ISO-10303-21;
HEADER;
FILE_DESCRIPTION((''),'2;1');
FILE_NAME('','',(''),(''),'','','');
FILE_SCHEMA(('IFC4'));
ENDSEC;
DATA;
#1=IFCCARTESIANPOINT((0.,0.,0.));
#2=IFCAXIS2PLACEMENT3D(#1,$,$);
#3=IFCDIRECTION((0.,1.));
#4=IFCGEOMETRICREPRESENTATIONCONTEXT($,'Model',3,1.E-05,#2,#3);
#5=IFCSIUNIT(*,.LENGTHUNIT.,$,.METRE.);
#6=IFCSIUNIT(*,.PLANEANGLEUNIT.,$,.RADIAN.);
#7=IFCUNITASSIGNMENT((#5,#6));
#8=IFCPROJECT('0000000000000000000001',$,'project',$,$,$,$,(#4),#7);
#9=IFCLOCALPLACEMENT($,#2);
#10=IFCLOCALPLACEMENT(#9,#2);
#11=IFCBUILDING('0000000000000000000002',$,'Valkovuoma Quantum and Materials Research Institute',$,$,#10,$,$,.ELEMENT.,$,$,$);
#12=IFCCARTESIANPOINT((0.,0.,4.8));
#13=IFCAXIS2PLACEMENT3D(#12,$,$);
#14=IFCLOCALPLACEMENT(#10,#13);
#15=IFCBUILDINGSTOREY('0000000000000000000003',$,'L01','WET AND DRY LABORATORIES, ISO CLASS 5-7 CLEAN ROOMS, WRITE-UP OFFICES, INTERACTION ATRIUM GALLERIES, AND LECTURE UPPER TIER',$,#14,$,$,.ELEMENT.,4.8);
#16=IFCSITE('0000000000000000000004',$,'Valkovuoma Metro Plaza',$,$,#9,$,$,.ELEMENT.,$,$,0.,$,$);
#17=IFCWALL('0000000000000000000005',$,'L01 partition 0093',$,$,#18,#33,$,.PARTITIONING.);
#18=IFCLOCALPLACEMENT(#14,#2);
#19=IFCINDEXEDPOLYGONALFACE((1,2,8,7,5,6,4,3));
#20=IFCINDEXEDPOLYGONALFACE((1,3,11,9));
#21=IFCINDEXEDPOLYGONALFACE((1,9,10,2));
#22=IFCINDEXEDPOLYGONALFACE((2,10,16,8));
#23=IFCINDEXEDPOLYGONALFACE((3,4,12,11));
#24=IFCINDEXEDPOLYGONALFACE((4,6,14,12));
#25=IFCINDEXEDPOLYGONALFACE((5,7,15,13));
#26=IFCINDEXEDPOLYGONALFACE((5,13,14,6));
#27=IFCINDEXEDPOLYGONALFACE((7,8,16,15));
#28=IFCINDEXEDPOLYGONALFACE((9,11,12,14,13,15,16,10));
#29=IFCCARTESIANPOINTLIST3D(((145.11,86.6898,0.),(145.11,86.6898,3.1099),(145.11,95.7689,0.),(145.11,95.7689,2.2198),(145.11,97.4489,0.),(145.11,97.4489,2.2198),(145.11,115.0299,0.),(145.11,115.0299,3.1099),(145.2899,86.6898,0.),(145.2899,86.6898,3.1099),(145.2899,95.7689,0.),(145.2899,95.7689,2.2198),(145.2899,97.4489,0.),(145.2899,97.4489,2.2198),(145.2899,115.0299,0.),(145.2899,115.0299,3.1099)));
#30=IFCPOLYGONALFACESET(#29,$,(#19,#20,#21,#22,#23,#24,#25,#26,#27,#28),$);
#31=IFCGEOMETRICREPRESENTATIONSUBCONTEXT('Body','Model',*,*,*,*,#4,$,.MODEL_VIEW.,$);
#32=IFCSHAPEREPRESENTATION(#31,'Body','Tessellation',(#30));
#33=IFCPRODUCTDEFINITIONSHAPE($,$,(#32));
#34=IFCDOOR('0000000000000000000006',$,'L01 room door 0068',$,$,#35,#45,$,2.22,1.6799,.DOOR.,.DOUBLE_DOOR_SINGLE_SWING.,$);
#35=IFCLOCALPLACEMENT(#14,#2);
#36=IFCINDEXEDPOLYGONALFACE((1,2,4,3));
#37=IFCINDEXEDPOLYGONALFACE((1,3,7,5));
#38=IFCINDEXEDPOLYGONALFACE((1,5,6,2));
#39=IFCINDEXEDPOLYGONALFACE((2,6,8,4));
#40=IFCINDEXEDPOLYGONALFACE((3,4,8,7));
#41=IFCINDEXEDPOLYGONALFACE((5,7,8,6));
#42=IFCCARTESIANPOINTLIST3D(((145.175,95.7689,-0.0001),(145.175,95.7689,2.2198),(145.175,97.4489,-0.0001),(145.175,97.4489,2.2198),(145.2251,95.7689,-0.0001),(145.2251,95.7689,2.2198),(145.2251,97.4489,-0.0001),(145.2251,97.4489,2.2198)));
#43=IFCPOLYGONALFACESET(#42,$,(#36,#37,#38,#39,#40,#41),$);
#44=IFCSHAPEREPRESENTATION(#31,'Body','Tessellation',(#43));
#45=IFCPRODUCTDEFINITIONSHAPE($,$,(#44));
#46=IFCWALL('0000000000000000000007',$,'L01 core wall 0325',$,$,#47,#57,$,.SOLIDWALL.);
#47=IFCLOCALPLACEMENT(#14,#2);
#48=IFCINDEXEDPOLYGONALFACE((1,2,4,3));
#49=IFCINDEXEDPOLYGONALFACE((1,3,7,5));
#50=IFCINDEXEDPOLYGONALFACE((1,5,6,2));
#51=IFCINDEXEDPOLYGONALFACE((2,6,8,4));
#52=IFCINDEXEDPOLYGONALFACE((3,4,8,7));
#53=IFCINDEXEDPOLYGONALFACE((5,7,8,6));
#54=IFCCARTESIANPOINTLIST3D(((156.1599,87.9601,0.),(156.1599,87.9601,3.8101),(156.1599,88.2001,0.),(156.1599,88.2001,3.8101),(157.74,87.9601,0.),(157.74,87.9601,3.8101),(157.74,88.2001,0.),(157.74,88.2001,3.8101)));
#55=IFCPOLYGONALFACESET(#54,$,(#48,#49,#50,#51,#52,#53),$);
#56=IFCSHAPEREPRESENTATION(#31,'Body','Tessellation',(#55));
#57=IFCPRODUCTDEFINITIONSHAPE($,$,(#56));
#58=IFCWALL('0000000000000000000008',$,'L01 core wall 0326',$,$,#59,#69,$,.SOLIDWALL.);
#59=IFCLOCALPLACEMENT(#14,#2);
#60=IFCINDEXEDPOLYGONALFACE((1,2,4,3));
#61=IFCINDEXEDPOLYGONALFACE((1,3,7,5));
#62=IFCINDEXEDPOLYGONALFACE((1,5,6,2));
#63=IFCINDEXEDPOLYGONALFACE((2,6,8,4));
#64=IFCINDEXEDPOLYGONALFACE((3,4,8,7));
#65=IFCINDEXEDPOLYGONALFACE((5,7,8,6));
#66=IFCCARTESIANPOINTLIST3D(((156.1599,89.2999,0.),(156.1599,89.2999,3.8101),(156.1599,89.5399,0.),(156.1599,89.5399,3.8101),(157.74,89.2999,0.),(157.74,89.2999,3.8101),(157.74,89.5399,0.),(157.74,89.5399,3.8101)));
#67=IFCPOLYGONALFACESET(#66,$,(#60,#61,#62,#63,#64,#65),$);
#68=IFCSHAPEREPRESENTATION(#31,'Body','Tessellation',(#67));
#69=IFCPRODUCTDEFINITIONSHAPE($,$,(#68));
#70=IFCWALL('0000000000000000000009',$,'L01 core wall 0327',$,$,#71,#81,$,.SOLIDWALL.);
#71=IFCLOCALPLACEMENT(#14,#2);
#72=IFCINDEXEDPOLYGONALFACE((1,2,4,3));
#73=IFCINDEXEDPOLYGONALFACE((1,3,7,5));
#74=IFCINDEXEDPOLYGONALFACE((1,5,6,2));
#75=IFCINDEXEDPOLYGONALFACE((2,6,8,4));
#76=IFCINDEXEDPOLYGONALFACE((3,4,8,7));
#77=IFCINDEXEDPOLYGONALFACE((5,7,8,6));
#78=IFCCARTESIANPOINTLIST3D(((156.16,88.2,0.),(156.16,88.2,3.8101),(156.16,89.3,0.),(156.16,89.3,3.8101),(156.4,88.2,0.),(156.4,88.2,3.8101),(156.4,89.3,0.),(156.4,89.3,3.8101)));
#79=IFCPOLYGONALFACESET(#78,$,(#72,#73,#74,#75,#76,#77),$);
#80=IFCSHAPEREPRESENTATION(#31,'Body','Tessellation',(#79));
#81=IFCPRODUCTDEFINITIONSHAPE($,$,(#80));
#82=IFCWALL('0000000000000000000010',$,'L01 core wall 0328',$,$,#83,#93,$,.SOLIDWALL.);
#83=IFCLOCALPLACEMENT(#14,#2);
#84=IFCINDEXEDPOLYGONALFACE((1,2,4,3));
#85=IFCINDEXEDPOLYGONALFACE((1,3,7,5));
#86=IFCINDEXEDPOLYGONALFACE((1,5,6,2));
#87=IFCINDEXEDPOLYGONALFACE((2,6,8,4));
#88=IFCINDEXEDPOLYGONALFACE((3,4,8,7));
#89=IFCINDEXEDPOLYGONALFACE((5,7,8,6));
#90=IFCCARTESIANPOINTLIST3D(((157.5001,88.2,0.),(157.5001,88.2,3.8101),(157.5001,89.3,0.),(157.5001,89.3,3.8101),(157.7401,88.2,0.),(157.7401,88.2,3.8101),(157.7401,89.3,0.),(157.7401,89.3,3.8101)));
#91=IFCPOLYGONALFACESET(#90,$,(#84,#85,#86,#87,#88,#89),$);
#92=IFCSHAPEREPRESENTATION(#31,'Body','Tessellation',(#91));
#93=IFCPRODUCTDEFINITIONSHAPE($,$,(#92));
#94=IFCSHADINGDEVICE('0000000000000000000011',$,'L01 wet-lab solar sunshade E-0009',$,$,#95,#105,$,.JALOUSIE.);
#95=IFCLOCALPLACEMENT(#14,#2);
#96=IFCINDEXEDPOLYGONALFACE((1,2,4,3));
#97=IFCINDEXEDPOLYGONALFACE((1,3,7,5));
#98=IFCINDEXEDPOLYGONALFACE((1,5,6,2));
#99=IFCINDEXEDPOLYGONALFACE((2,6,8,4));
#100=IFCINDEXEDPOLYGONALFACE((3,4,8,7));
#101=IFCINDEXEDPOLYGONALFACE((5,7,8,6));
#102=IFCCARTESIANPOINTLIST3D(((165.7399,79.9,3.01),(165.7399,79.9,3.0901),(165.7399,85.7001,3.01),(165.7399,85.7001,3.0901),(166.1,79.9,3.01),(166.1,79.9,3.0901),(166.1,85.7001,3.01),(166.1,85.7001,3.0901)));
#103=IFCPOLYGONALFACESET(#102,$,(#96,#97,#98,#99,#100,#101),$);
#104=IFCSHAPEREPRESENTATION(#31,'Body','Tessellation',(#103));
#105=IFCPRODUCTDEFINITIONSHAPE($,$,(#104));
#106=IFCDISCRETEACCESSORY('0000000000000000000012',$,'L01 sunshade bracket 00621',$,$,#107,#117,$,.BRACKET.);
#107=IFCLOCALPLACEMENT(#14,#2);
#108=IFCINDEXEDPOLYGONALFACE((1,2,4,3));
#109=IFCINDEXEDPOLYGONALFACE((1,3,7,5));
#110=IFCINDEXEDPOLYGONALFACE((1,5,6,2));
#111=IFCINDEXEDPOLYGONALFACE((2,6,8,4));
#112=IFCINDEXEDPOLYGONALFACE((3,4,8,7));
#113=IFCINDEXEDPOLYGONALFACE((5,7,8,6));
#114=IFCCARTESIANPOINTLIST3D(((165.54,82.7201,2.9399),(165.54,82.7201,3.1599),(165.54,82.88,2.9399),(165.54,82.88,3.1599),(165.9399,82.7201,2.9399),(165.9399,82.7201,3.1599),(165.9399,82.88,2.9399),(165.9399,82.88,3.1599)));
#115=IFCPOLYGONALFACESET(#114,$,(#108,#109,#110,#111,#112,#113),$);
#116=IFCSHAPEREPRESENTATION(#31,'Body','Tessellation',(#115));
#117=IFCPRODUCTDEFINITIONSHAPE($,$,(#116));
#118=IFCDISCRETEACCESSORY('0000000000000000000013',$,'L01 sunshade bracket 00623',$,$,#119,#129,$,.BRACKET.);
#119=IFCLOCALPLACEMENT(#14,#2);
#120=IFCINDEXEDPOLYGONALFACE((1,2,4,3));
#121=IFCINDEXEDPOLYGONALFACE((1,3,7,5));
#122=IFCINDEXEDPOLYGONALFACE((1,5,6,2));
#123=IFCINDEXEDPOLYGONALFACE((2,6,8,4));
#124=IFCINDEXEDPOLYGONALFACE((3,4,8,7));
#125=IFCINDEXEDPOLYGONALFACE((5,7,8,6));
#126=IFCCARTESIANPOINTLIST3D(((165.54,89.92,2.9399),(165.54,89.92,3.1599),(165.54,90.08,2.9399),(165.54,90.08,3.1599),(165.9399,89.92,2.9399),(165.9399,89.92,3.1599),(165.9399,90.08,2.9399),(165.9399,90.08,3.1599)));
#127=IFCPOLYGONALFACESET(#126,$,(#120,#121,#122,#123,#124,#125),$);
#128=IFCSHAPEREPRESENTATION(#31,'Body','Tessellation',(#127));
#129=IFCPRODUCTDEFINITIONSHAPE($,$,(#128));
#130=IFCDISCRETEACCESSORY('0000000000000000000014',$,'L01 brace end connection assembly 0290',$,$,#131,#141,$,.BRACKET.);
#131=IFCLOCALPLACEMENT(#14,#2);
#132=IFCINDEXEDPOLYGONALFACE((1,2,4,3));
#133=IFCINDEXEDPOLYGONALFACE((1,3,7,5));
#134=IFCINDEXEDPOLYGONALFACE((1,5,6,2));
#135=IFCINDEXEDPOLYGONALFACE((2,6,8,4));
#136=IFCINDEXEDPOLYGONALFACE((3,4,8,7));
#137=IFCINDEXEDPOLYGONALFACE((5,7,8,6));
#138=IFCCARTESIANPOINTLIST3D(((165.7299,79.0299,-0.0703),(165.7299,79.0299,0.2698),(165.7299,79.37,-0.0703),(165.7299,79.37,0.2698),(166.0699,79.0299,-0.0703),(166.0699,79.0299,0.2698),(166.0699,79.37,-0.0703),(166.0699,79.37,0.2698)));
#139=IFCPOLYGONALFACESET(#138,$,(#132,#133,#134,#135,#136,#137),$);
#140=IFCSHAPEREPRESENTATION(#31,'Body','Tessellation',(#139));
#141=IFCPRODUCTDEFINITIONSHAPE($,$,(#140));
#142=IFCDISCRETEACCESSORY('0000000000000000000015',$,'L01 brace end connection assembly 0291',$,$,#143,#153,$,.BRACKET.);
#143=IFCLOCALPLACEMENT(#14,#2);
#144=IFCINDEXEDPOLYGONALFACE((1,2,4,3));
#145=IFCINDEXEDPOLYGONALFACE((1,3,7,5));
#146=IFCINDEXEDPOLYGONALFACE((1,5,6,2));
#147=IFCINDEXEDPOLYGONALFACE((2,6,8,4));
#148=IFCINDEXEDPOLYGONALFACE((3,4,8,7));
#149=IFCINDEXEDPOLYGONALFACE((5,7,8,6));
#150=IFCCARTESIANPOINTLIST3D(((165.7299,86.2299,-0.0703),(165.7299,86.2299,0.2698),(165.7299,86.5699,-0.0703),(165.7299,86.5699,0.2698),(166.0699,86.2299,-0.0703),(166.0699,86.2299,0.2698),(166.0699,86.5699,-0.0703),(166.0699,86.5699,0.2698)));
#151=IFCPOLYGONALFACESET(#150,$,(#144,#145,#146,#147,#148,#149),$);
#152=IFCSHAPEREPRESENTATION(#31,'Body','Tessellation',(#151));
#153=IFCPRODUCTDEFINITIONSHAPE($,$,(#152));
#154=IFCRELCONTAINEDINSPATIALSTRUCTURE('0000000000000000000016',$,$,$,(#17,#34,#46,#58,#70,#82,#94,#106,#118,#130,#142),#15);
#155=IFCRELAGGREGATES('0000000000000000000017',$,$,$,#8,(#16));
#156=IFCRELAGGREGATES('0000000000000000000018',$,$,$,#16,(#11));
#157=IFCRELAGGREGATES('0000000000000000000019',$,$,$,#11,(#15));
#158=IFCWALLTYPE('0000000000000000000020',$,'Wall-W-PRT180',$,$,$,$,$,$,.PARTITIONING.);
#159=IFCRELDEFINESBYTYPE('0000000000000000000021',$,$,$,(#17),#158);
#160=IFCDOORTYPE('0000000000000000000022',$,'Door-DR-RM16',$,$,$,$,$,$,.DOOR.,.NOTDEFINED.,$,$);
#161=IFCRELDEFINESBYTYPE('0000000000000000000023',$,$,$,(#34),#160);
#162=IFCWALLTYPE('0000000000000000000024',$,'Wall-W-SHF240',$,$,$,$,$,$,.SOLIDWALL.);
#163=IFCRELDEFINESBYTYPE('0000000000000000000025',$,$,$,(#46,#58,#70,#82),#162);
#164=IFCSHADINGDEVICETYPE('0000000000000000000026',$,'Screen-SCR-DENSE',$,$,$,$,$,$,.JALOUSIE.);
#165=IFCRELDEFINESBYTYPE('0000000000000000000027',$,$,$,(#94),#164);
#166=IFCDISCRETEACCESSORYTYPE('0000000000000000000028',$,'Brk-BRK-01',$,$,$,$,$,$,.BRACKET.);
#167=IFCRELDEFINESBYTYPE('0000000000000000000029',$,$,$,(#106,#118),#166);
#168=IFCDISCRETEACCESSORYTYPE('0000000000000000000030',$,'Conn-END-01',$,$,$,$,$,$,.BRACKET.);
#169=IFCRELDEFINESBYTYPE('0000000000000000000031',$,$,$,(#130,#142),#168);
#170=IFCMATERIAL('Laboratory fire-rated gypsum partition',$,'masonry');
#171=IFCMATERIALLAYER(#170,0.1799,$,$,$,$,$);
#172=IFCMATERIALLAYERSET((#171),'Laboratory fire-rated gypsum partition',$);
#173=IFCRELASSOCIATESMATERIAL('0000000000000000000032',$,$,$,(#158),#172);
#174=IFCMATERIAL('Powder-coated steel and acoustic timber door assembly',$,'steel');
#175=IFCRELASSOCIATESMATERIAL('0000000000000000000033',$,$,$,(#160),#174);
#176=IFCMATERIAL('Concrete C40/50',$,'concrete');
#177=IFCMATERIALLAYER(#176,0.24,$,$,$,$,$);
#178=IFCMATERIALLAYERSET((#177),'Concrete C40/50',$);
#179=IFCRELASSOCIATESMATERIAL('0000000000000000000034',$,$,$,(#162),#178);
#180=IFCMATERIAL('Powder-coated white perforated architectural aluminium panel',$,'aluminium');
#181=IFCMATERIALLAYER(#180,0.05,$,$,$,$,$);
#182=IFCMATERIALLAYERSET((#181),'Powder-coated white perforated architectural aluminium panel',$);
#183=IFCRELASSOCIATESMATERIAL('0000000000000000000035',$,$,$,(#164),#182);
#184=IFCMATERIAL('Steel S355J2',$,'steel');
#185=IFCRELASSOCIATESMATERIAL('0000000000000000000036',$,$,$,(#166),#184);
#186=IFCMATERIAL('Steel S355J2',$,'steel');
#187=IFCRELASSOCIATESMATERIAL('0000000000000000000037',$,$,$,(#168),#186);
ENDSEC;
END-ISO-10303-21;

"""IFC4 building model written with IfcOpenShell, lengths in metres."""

from ifc_helpers import new_model, si_unit, direction, frame, frame_2d, origin, origin_2d, place, context, subcontext, project, spatial, rectangle, extrude, material, layer, layer_set, type_object, element, fill, save


model = new_model("IFC4")

# Units and contexts
model_context = context("Model", 3, precision=1e-05, world=origin(), true_north=direction((0.0, 1.0)))
body_context = subcontext(model_context, "Body", "Model", "MODEL_VIEW")
ifc_project = project(units=[si_unit("LENGTHUNIT", "METRE"), si_unit("PLANEANGLEUNIT", "RADIAN")], contexts=[model_context])

# Site, building, storey
site_placement = place(None, origin())
site = spatial("IfcSite", under=ifc_project, at=site_placement, Name="Valkovuoma Metro Plaza", CompositionType="ELEMENT", RefElevation=0.0)
building_placement = place(site_placement, origin())
building = spatial("IfcBuilding", under=site, at=building_placement, Name="Valkovuoma Quantum and Materials Research Institute", CompositionType="ELEMENT")
storey_placement = place(building_placement, frame((0.0, 0.0, 4.8)))
storey = spatial("IfcBuildingStorey", under=building, at=storey_placement, Name="L01", Description="WET AND DRY LABORATORIES, ISO CLASS 5-7 CLEAN ROOMS, WRITE-UP OFFICES, INTERACTION ATRIUM GALLERIES, AND LECTURE UPPER TIER", CompositionType="ELEMENT", Elevation=4.8)

# Wall, opening, door
ifc_material_1 = material(Name="Laboratory fire-rated gypsum partition", Category="masonry")
ifc_layer_1 = layer(ifc_material_1, 0.1799)
ifc_layer_set_1 = layer_set([ifc_layer_1], Name="Laboratory fire-rated gypsum partition")
wall_type_1 = type_object("IfcWallType", Name="Wall-W-PRT180", PredefinedType="PARTITIONING", material=ifc_layer_set_1)
wall_1_placement = place(storey_placement, frame((145.2, 86.6899, 0.0), z_axis=(0.0, 0.0, 1.0), x_axis=(0.0, 1.0, 0.0)))
wall_1 = element("IfcWall", 1, at=wall_1_placement, inside=storey, type_object=wall_type_1, Name="L01 partition 0093", PredefinedType="PARTITIONING", context=body_context, shape_type="SweptSolid", body=[
    extrude(rectangle(XDim=28.3401, YDim=0.1799, at=frame_2d((14.1699, 0.0))), origin(), (0.0, 0.0, 1.0), 3.1099),
])
opening_1_placement = place(wall_1_placement, frame((9.0791, 0.0, 0.0)))
opening_1 = element("IfcOpeningElement", 2, at=opening_1_placement, cuts=wall_1, PredefinedType="OPENING", context=body_context, shape_type="SweptSolid", body=[
    extrude(rectangle(XDim=1.6799, YDim=2.22, at=frame_2d((0.8398, 1.1099))), frame((0.0, 0.1001, 0.0), z_axis=(0.0, -1.0, 0.0), x_axis=(1.0, 0.0, 0.0)), (0.0, 0.0, 1.0), 0.2),
])
ifc_material_2 = material(Name="Powder-coated steel and acoustic timber door assembly", Category="steel")
door_type = type_object("IfcDoorType", Name="Door-DR-RM16", OperationType="NOTDEFINED", PredefinedType="DOOR", material=ifc_material_2)
door_placement = place(opening_1_placement, origin())
door = element("IfcDoor", 3, at=door_placement, inside=storey, type_object=door_type, Name="L01 room door 0068", OperationType="DOUBLE_DOOR_SINGLE_SWING", OverallHeight=2.22, OverallWidth=1.6799, PredefinedType="DOOR", context=body_context, shape_type="SweptSolid", body=[
    extrude(rectangle(XDim=1.6799, YDim=2.22, at=frame_2d((0.8398, 1.1099))), frame((0.0, 0.0249, 0.0), z_axis=(0.0, -1.0, 0.0), x_axis=(1.0, 0.0, 0.0)), (0.0, 0.0, 1.0), 0.05),
])
fill(opening_1, door)

# Walls
ifc_material_3 = material(Name="Concrete C40/50", Category="concrete")
ifc_layer_2 = layer(ifc_material_3, 0.24)
ifc_layer_set_2 = layer_set([ifc_layer_2], Name="Concrete C40/50")
wall_type_2 = type_object("IfcWallType", Name="Wall-W-SHF240", PredefinedType="SOLIDWALL", material=ifc_layer_set_2)
for number, where, z_axis, x_axis, name in (
    (4, (156.1599, 88.0801, 0.0), (0.0, 0.0, 1.0), (1.0, 0.0, 0.0), "L01 core wall 0325"),
    (5, (156.1599, 89.4199, 0.0), (0.0, 0.0, 1.0), (1.0, 0.0, 0.0), "L01 core wall 0326"),
):
    element("IfcWall", number, at=place(storey_placement, frame(where, z_axis=z_axis, x_axis=x_axis)), inside=storey, type_object=wall_type_2, Name=name, PredefinedType="SOLIDWALL", context=body_context, shape_type="SweptSolid", body=[
        extrude(rectangle(XDim=1.5801, YDim=0.24, at=frame_2d((0.79, 0.0))), origin(), (0.0, 0.0, 1.0), 3.8101),
    ])
for number, where, z_axis, x_axis, name in (
    (6, (156.28, 88.2, 0.0), (0.0, 0.0, 1.0), (0.0, 1.0, 0.0), "L01 core wall 0327"),
    (7, (157.6201, 88.2, 0.0), (0.0, 0.0, 1.0), (0.0, 1.0, 0.0), "L01 core wall 0328"),
):
    element("IfcWall", number, at=place(storey_placement, frame(where, z_axis=z_axis, x_axis=x_axis)), inside=storey, type_object=wall_type_2, Name=name, PredefinedType="SOLIDWALL", context=body_context, shape_type="SweptSolid", body=[
        extrude(rectangle(XDim=1.1001, YDim=0.24, at=frame_2d((0.55, 0.0))), origin(), (0.0, 0.0, 1.0), 3.8101),
    ])

# Shading device
ifc_material_4 = material(Name="Powder-coated white perforated architectural aluminium panel", Category="aluminium")
ifc_layer_3 = layer(ifc_material_4, 0.05)
ifc_layer_set_3 = layer_set([ifc_layer_3], Name="Powder-coated white perforated architectural aluminium panel")
shading_device_type = type_object("IfcShadingDeviceType", Name="Screen-SCR-DENSE", PredefinedType="JALOUSIE", material=ifc_layer_set_3)
shading_device_placement = place(storey_placement, frame((165.9199, 82.8, 3.01), z_axis=(0.0, 0.0, 1.0), x_axis=(1.0, 0.0, 0.0)))
element("IfcShadingDevice", 8, at=shading_device_placement, inside=storey, type_object=shading_device_type, Name="L01 wet-lab solar sunshade E-0009", PredefinedType="JALOUSIE", context=body_context, shape_type="SweptSolid", body=[
    extrude(rectangle(XDim=0.3601, YDim=5.8, at=origin_2d()), origin(), (0.0, 0.0, 1.0), 0.0801),
])

# Discrete accessories
ifc_material_5 = material(Name="Steel S355J2", Category="steel")
discrete_accessory_type_1 = type_object("IfcDiscreteAccessoryType", Name="Brk-BRK-01", PredefinedType="BRACKET", material=ifc_material_5)
for number, where, z_axis, x_axis, name in (
    (9, (165.74, 82.8, 2.9399), (0.0, 0.0, 1.0), (1.0, 0.0, 0.0), "L01 sunshade bracket 00621"),
    (10, (165.74, 90.0, 2.9399), (0.0, 0.0, 1.0), (1.0, 0.0, 0.0), "L01 sunshade bracket 00623"),
):
    element("IfcDiscreteAccessory", number, at=place(storey_placement, frame(where, z_axis=z_axis, x_axis=x_axis)), inside=storey, type_object=discrete_accessory_type_1, Name=name, PredefinedType="BRACKET", context=body_context, shape_type="SweptSolid", body=[
        extrude(rectangle(XDim=0.3999, YDim=0.1599, at=origin_2d()), origin(), (0.0, 0.0, 1.0), 0.22),
    ])
ifc_material_6 = material(Name="Steel S355J2", Category="steel")
discrete_accessory_type_2 = type_object("IfcDiscreteAccessoryType", Name="Conn-END-01", PredefinedType="BRACKET", material=ifc_material_6)
for number, where, z_axis, x_axis, name in (
    (11, (165.8999, 79.2, -0.0703), (0.0, 0.0, 1.0), (1.0, 0.0, 0.0), "L01 brace end connection assembly 0290"),
    (12, (165.8999, 86.3999, -0.0703), (0.0, 0.0, 1.0), (1.0, 0.0, 0.0), "L01 brace end connection assembly 0291"),
):
    element("IfcDiscreteAccessory", number, at=place(storey_placement, frame(where, z_axis=z_axis, x_axis=x_axis)), inside=storey, type_object=discrete_accessory_type_2, Name=name, PredefinedType="BRACKET", context=body_context, shape_type="SweptSolid", body=[
        extrude(rectangle(XDim=0.3401, YDim=0.3401, at=origin_2d()), origin(), (0.0, 0.0, 1.0), 0.3401),
    ])

save(model, "model.ifc")
